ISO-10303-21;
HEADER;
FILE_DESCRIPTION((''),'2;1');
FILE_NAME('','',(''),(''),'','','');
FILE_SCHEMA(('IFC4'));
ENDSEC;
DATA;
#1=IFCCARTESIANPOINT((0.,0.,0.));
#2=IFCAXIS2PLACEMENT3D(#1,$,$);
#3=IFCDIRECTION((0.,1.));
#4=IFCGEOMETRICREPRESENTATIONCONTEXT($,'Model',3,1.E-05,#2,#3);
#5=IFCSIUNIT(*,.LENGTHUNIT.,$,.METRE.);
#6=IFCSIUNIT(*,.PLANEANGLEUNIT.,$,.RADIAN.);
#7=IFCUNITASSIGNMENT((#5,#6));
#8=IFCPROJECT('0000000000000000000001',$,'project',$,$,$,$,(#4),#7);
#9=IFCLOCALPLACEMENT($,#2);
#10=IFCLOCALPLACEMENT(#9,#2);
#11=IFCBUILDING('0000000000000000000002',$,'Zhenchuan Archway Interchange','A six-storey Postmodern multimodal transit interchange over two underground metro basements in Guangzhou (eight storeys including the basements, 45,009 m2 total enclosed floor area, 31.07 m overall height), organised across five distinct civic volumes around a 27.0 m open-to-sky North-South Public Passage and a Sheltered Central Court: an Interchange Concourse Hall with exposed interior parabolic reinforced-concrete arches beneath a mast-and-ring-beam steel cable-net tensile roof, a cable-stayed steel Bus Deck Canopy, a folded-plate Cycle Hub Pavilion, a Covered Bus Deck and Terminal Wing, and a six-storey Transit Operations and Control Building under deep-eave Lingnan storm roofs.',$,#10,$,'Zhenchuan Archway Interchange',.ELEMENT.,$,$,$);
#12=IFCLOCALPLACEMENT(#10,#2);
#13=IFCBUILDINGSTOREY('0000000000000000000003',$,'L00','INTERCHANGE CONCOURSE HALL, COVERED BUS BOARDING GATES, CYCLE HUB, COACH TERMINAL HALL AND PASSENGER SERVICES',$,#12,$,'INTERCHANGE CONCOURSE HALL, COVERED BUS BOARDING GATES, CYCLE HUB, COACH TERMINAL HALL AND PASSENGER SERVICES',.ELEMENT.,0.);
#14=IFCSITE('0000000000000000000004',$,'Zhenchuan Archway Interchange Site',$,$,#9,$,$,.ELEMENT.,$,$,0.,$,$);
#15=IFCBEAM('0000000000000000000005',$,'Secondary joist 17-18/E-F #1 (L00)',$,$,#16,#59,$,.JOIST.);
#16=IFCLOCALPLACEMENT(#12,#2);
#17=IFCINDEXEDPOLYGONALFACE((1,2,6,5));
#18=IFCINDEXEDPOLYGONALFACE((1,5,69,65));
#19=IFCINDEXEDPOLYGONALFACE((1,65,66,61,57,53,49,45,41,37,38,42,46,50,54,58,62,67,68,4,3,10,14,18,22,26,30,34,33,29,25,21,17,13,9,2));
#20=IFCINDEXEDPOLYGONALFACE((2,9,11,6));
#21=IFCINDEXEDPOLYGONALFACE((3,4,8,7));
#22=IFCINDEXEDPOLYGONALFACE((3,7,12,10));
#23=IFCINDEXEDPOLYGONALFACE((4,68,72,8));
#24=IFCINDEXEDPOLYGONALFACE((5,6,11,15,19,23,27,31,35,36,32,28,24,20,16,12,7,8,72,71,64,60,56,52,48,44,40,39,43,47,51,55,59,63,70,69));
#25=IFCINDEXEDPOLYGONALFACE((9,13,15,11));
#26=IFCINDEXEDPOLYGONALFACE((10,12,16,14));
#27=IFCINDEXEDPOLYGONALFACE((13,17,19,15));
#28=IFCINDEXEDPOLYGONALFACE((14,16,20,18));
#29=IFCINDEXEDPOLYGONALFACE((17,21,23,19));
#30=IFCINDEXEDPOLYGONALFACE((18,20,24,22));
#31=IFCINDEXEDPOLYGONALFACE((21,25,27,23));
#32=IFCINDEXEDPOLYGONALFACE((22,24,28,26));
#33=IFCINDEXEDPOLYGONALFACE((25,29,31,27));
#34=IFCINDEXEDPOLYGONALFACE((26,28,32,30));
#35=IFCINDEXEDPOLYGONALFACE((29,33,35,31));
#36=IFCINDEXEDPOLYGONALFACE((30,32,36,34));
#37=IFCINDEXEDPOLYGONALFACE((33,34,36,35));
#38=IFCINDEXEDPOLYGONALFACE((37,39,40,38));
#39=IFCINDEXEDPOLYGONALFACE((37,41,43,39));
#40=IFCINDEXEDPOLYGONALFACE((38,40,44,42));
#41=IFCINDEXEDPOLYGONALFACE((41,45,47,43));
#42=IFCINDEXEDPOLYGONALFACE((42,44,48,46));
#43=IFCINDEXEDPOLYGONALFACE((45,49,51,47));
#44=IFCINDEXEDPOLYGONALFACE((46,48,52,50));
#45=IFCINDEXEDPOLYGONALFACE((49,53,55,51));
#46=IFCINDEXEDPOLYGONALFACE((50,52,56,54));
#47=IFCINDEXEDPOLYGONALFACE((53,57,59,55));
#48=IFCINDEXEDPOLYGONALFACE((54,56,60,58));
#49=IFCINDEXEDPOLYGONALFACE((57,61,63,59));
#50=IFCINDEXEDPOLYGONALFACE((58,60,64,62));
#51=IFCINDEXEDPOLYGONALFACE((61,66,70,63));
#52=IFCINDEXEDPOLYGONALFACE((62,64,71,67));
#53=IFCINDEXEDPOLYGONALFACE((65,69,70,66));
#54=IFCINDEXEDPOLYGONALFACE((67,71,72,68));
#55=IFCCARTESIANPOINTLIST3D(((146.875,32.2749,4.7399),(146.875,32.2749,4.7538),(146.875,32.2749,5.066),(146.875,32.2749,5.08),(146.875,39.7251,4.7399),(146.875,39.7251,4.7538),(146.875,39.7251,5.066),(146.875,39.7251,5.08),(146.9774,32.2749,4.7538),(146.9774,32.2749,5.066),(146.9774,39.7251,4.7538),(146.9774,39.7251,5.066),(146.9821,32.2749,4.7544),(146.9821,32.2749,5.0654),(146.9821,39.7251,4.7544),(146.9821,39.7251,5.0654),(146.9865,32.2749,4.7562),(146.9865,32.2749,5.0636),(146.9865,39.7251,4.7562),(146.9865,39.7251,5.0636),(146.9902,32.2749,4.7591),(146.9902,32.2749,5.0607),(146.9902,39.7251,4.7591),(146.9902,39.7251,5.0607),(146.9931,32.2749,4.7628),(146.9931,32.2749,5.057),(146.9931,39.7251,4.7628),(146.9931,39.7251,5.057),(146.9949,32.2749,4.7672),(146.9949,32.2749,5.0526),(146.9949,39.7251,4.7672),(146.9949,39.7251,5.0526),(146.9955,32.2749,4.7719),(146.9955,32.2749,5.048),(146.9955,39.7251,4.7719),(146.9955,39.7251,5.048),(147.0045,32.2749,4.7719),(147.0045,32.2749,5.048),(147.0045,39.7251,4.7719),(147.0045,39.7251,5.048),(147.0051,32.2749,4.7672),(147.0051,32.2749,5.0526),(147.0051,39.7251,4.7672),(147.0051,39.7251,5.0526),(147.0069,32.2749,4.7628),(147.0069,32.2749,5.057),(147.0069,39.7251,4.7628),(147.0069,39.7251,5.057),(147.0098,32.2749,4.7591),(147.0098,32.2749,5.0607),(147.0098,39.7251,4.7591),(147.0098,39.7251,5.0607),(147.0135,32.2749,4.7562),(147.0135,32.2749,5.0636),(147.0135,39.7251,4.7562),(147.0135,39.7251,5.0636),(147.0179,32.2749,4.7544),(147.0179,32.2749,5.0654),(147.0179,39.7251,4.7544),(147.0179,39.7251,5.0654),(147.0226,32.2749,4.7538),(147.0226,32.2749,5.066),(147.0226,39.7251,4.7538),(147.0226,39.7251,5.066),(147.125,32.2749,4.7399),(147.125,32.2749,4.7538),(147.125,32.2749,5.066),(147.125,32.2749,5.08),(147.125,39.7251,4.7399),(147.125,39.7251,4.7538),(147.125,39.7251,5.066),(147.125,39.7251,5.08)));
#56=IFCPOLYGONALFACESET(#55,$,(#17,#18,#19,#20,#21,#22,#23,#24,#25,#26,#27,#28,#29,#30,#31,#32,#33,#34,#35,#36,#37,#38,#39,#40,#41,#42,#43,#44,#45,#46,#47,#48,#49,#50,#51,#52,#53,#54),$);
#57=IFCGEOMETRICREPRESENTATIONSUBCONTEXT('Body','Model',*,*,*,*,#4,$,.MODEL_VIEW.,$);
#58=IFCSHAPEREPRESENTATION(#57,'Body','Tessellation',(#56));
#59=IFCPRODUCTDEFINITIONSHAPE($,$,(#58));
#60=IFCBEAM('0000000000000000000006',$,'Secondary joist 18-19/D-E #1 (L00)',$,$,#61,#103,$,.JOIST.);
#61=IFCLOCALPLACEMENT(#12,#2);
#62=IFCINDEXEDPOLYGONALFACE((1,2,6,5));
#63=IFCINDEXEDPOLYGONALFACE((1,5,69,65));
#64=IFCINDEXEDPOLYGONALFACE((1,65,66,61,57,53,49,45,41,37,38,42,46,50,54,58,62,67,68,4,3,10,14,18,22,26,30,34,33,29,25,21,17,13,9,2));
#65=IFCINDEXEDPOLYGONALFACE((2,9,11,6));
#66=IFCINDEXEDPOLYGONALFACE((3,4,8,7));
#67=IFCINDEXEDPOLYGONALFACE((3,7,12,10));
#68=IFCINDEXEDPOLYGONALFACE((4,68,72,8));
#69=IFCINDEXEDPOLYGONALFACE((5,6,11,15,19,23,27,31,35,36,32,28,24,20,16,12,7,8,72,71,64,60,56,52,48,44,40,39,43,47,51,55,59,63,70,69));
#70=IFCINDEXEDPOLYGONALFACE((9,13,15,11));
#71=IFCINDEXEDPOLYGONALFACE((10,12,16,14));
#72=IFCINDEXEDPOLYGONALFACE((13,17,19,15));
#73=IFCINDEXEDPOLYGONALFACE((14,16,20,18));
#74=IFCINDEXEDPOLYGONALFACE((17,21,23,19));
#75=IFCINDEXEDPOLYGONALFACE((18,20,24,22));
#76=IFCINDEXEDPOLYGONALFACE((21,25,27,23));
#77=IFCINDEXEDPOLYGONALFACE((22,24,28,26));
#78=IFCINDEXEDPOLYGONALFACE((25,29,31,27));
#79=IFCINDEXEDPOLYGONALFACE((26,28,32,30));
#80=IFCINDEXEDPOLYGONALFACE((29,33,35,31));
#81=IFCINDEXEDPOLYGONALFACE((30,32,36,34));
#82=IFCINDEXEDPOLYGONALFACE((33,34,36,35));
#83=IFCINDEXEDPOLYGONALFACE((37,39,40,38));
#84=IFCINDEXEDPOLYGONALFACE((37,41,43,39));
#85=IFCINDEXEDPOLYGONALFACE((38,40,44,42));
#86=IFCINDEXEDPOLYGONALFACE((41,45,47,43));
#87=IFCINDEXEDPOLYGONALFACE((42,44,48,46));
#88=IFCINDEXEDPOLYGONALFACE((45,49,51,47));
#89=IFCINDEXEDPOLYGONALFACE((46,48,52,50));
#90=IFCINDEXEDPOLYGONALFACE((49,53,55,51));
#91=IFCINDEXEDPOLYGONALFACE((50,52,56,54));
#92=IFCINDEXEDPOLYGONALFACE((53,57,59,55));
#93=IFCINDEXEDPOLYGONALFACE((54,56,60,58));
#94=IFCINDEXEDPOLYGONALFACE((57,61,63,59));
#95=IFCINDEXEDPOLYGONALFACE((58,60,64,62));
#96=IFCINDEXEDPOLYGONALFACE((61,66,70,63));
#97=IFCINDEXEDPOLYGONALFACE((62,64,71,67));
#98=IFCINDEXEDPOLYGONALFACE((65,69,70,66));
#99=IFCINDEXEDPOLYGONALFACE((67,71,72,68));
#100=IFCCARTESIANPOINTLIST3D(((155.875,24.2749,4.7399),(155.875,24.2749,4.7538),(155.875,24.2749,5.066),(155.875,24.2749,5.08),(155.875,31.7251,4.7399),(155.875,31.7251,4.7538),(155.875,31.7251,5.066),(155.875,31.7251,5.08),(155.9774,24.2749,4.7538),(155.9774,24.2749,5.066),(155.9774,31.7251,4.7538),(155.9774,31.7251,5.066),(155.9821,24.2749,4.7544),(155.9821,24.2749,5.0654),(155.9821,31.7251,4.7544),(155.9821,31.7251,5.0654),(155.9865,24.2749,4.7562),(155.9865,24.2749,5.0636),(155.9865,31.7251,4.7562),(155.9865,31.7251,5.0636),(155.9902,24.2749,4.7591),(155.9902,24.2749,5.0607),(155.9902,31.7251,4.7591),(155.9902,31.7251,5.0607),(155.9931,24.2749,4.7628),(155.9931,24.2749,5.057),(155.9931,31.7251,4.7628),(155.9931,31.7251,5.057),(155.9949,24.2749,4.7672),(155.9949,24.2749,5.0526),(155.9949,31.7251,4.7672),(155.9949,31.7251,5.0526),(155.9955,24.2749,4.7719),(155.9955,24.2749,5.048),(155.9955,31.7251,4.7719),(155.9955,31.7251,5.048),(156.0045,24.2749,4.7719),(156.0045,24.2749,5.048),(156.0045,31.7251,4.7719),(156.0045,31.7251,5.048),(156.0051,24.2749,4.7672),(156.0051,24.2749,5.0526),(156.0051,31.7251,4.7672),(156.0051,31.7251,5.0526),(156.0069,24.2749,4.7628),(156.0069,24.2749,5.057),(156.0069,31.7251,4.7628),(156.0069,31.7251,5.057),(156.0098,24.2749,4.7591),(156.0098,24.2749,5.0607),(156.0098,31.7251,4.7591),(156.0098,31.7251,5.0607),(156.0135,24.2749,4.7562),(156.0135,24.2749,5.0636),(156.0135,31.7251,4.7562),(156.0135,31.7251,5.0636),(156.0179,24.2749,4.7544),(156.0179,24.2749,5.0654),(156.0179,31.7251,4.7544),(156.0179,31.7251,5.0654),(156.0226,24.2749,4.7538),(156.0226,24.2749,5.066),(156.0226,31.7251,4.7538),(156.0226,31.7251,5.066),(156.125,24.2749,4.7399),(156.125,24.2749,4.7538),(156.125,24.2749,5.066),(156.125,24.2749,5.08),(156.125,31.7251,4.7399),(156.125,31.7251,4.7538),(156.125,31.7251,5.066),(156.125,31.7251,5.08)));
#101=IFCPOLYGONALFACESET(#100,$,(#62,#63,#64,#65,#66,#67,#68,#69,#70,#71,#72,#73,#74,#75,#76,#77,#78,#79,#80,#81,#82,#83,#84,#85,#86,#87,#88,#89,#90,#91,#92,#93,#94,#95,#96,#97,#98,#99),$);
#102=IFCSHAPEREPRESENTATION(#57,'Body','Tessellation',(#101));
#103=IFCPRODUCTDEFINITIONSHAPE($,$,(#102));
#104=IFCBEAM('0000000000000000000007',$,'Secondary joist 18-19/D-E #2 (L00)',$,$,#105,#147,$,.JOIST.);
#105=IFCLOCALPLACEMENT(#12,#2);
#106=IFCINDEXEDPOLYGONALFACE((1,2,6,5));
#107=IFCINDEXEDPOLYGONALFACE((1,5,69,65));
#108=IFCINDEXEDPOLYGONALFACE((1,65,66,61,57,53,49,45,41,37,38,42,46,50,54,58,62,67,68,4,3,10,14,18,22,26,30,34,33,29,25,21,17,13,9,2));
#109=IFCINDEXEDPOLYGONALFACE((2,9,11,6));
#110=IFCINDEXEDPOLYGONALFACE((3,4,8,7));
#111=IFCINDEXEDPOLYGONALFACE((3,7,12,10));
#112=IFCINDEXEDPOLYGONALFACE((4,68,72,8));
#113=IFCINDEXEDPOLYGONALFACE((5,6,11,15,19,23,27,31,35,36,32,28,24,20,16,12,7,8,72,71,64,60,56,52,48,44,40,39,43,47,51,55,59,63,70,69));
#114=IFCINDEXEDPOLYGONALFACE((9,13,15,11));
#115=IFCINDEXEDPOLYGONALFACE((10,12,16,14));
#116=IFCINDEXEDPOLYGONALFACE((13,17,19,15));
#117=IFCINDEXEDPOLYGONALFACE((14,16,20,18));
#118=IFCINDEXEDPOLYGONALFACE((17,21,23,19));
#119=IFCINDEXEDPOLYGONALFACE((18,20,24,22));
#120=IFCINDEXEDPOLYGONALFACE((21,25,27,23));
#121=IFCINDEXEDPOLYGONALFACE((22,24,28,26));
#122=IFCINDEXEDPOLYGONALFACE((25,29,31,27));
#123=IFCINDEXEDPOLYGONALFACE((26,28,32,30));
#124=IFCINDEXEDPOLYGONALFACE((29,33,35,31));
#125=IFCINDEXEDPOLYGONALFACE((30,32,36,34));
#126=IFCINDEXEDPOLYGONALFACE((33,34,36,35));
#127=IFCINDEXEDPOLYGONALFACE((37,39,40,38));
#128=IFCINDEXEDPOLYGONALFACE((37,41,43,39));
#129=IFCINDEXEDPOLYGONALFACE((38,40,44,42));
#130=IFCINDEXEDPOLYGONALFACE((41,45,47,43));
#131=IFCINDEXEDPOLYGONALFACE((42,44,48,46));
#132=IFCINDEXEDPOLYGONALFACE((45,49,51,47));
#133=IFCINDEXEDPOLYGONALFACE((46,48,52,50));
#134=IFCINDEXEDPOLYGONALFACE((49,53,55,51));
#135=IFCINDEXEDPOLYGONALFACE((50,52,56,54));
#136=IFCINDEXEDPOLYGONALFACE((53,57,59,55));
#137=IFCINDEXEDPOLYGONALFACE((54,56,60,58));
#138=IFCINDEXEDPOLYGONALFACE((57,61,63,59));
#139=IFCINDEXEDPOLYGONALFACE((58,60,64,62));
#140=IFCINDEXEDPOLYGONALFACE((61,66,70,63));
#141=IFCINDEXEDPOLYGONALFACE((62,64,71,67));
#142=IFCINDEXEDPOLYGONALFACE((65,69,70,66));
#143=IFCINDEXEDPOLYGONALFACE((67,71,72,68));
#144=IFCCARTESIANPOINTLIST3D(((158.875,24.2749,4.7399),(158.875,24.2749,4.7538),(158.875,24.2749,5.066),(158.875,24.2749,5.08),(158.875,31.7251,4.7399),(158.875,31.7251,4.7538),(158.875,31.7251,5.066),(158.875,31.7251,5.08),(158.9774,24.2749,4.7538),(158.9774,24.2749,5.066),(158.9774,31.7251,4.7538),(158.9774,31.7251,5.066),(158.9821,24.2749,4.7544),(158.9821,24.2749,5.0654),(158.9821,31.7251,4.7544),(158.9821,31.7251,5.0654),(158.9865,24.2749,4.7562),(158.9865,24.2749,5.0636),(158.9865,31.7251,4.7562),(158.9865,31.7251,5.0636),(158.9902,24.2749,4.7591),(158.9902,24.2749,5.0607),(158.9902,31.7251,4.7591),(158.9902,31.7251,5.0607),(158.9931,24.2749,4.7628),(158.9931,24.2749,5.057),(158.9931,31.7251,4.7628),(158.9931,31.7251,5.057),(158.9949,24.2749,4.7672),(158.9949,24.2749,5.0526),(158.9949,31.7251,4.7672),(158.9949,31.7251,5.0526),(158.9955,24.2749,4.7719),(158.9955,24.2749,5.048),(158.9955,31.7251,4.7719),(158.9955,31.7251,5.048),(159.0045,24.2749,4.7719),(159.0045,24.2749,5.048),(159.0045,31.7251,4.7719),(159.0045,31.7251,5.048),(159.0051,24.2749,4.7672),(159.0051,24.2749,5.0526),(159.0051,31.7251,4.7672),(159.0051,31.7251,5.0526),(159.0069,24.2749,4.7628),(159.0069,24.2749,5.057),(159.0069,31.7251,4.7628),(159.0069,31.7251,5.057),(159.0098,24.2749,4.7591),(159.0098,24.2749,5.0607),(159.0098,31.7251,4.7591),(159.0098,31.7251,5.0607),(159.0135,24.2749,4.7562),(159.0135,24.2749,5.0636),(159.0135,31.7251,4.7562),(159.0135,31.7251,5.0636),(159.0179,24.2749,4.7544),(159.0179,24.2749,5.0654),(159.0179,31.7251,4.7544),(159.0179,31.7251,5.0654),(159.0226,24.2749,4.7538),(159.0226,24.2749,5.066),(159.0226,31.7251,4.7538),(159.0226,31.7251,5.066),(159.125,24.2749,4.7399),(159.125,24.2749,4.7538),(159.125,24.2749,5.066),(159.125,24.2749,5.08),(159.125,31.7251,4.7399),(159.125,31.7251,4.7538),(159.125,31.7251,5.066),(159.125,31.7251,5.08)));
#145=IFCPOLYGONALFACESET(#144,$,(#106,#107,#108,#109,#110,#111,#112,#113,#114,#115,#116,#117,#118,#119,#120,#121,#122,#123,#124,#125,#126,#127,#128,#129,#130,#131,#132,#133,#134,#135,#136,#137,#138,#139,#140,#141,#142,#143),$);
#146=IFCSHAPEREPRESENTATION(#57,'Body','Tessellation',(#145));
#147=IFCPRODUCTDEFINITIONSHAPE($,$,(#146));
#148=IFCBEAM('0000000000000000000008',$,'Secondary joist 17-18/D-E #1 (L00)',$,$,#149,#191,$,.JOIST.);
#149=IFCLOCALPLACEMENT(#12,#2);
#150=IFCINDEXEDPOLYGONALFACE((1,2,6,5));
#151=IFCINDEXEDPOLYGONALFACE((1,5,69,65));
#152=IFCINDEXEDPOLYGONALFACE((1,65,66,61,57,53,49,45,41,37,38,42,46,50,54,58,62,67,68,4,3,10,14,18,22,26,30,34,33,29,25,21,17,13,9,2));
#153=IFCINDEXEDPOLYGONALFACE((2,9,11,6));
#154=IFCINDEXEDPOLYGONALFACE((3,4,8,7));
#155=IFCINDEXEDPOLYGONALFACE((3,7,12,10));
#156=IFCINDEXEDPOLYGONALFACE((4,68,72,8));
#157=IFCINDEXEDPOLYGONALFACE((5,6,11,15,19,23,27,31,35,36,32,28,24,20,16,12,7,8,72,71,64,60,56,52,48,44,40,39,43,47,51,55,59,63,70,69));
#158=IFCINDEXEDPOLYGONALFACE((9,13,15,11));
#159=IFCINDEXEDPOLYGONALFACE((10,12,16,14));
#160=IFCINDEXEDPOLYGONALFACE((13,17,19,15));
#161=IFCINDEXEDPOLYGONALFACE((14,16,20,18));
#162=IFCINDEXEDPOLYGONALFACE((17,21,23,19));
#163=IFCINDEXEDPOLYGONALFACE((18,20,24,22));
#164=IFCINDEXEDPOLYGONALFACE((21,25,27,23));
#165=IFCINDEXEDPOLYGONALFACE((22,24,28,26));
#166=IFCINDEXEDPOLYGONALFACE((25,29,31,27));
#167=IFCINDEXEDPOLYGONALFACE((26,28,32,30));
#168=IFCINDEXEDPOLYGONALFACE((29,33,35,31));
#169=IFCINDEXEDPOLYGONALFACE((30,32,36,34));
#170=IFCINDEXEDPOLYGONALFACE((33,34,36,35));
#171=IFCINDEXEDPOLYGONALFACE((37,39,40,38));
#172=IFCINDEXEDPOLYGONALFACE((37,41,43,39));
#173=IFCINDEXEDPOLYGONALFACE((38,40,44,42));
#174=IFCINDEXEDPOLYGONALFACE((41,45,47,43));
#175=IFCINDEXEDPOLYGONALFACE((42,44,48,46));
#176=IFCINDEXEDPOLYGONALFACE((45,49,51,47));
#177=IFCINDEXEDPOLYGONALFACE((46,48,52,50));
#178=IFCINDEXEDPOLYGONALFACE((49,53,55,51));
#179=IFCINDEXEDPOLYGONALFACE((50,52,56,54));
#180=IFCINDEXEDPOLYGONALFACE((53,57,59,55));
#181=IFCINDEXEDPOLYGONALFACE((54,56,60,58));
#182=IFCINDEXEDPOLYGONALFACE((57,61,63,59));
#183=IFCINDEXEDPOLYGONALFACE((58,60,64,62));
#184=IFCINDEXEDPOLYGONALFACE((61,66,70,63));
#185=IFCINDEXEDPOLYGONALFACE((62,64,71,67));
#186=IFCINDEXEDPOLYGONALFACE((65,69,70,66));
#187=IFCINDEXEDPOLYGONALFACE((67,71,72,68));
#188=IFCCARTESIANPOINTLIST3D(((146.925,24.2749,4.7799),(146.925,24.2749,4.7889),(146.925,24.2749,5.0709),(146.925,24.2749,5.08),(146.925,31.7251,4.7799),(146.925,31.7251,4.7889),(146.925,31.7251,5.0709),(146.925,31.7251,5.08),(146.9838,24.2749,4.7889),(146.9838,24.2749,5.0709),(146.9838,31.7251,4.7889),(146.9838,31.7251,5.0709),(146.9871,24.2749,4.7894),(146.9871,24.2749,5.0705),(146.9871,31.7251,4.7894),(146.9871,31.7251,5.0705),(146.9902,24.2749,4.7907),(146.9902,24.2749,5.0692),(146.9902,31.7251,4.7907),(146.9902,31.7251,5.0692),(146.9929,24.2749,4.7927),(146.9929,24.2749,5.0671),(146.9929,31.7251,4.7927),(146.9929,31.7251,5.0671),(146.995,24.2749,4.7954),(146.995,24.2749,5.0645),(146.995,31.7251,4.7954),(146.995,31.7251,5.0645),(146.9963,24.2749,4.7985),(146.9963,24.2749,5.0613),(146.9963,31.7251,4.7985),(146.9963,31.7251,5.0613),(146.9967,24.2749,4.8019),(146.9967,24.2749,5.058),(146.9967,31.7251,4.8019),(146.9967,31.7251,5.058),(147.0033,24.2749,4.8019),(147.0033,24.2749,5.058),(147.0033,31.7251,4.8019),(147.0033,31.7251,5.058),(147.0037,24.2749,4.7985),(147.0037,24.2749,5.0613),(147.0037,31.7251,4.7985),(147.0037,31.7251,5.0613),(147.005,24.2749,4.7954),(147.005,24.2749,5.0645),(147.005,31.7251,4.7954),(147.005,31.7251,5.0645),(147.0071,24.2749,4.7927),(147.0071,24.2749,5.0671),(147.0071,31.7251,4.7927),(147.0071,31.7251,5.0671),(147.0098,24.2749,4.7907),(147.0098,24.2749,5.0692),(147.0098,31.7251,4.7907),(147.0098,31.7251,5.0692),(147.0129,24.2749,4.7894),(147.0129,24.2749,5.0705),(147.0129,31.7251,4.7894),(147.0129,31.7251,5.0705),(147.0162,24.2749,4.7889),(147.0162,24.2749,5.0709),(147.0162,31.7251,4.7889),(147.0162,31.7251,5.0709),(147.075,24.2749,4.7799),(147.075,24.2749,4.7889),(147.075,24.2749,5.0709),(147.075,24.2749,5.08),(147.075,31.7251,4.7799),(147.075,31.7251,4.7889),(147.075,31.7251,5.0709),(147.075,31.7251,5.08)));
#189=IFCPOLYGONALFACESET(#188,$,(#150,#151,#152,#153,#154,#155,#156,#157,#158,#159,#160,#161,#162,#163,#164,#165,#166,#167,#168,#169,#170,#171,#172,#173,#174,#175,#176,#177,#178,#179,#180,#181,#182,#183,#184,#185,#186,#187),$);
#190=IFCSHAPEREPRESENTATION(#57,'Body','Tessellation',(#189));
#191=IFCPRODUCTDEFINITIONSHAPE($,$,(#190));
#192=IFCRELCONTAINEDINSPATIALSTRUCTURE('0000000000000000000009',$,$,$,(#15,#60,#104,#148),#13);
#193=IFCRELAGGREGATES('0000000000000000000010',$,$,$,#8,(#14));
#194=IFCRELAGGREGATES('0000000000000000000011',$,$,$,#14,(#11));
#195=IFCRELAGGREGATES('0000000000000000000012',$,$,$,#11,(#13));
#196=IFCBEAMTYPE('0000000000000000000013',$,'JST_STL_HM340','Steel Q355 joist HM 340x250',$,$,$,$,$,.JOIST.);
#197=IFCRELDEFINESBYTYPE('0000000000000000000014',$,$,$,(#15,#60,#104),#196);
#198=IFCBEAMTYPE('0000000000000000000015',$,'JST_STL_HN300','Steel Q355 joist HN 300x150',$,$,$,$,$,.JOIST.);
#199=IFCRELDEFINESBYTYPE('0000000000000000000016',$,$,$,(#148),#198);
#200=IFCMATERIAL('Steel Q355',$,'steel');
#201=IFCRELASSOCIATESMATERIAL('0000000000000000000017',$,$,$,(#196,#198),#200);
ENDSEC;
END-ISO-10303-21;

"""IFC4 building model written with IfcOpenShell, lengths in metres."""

from ifc_helpers import new_model, si_unit, direction, frame, origin, origin_2d, place, context, subcontext, project, spatial, i_section, extrude, material, material_profile, profile_set, type_object, element, save


model = new_model("IFC4")

# Units and contexts
model_context = context("Model", 3, precision=1e-05, world=origin(), true_north=direction((0.0, 1.0)))
body_context = subcontext(model_context, "Body", "Model", "MODEL_VIEW")
ifc_project = project(units=[si_unit("LENGTHUNIT", "METRE"), si_unit("PLANEANGLEUNIT", "RADIAN")], contexts=[model_context])

# Site, building, storey
site_placement = place(None, origin())
site = spatial("IfcSite", under=ifc_project, at=site_placement, Name="Zhenchuan Archway Interchange Site", CompositionType="ELEMENT", RefElevation=0.0)
building_placement = place(site_placement, origin())
building = spatial("IfcBuilding", under=site, at=building_placement, Name="Zhenchuan Archway Interchange", Description="A six-storey Postmodern multimodal transit interchange over two underground metro basements in Guangzhou (eight storeys including the basements, 45,009 m2 total enclosed floor area, 31.07 m overall height), organised across five distinct civic volumes around a 27.0 m open-to-sky North-South Public Passage and a Sheltered Central Court: an Interchange Concourse Hall with exposed interior parabolic reinforced-concrete arches beneath a mast-and-ring-beam steel cable-net tensile roof, a cable-stayed steel Bus Deck Canopy, a folded-plate Cycle Hub Pavilion, a Covered Bus Deck and Terminal Wing, and a six-storey Transit Operations and Control Building under deep-eave Lingnan storm roofs.", LongName="Zhenchuan Archway Interchange", CompositionType="ELEMENT")
storey_placement = place(building_placement, origin())
storey = spatial("IfcBuildingStorey", under=building, at=storey_placement, Name="L00", Description="INTERCHANGE CONCOURSE HALL, COVERED BUS BOARDING GATES, CYCLE HUB, COACH TERMINAL HALL AND PASSENGER SERVICES", LongName="INTERCHANGE CONCOURSE HALL, COVERED BUS BOARDING GATES, CYCLE HUB, COACH TERMINAL HALL AND PASSENGER SERVICES", CompositionType="ELEMENT", Elevation=0.0)

# Beams
ifc_material_1 = material(Name="Steel Q355", Category="steel")
ifc_material_profile_1 = material_profile(ifc_material_1, i_section(OverallWidth=0.25, OverallDepth=0.3401, WebThickness=0.009, FlangeThickness=0.0139, FilletRadius=0.0181, at=origin_2d()), Name="HM 340x250")
ifc_profile_set_1 = profile_set([ifc_material_profile_1], Name="Steel Q355")
beam_type_1 = type_object("IfcBeamType", Name="JST_STL_HM340", Description="Steel Q355 joist HM 340x250", PredefinedType="JOIST", material=ifc_profile_set_1)
for number, where, z_axis, x_axis, name in (
    (1, (147.0, 32.2749, 4.9099), (0.0, 1.0, 0.0), (-1.0, 0.0, 0.0), "Secondary joist 17-18/E-F #1 (L00)"),
    (2, (156.0, 24.2749, 4.9099), (0.0, 1.0, 0.0), (-1.0, 0.0, 0.0), "Secondary joist 18-19/D-E #1 (L00)"),
    (3, (159.0, 24.2749, 4.9099), (0.0, 1.0, 0.0), (-1.0, 0.0, 0.0), "Secondary joist 18-19/D-E #2 (L00)"),
):
    element("IfcBeam", number, at=place(storey_placement, frame(where, z_axis=z_axis, x_axis=x_axis)), inside=storey, type_object=beam_type_1, Name=name, PredefinedType="JOIST", context=body_context, shape_type="SweptSolid", body=[
        extrude(i_section(OverallWidth=0.25, OverallDepth=0.3401, WebThickness=0.009, FlangeThickness=0.0139, FilletRadius=0.0181, at=origin_2d()), origin(), (0.0, 0.0, 1.0), 7.4502),
    ])
ifc_material_profile_2 = material_profile(ifc_material_1, i_section(OverallWidth=0.1499, OverallDepth=0.3, WebThickness=0.0066, FlangeThickness=0.009, FilletRadius=0.0129, at=origin_2d()), Name="HN 300x150")
ifc_profile_set_2 = profile_set([ifc_material_profile_2], Name="Steel Q355")
beam_type_2 = type_object("IfcBeamType", Name="JST_STL_HN300", Description="Steel Q355 joist HN 300x150", PredefinedType="JOIST", material=ifc_profile_set_2)
for number, where, z_axis, x_axis, name in (
    (4, (147.0, 24.2749, 4.9299), (0.0, 1.0, 0.0), (-1.0, 0.0, 0.0), "Secondary joist 17-18/D-E #1 (L00)"),
):
    element("IfcBeam", number, at=place(storey_placement, frame(where, z_axis=z_axis, x_axis=x_axis)), inside=storey, type_object=beam_type_2, Name=name, PredefinedType="JOIST", context=body_context, shape_type="SweptSolid", body=[
        extrude(i_section(OverallWidth=0.1499, OverallDepth=0.3, WebThickness=0.0066, FlangeThickness=0.009, FilletRadius=0.0129, at=origin_2d()), origin(), (0.0, 0.0, 1.0), 7.4502),
    ])

save(model, "model.ifc")
